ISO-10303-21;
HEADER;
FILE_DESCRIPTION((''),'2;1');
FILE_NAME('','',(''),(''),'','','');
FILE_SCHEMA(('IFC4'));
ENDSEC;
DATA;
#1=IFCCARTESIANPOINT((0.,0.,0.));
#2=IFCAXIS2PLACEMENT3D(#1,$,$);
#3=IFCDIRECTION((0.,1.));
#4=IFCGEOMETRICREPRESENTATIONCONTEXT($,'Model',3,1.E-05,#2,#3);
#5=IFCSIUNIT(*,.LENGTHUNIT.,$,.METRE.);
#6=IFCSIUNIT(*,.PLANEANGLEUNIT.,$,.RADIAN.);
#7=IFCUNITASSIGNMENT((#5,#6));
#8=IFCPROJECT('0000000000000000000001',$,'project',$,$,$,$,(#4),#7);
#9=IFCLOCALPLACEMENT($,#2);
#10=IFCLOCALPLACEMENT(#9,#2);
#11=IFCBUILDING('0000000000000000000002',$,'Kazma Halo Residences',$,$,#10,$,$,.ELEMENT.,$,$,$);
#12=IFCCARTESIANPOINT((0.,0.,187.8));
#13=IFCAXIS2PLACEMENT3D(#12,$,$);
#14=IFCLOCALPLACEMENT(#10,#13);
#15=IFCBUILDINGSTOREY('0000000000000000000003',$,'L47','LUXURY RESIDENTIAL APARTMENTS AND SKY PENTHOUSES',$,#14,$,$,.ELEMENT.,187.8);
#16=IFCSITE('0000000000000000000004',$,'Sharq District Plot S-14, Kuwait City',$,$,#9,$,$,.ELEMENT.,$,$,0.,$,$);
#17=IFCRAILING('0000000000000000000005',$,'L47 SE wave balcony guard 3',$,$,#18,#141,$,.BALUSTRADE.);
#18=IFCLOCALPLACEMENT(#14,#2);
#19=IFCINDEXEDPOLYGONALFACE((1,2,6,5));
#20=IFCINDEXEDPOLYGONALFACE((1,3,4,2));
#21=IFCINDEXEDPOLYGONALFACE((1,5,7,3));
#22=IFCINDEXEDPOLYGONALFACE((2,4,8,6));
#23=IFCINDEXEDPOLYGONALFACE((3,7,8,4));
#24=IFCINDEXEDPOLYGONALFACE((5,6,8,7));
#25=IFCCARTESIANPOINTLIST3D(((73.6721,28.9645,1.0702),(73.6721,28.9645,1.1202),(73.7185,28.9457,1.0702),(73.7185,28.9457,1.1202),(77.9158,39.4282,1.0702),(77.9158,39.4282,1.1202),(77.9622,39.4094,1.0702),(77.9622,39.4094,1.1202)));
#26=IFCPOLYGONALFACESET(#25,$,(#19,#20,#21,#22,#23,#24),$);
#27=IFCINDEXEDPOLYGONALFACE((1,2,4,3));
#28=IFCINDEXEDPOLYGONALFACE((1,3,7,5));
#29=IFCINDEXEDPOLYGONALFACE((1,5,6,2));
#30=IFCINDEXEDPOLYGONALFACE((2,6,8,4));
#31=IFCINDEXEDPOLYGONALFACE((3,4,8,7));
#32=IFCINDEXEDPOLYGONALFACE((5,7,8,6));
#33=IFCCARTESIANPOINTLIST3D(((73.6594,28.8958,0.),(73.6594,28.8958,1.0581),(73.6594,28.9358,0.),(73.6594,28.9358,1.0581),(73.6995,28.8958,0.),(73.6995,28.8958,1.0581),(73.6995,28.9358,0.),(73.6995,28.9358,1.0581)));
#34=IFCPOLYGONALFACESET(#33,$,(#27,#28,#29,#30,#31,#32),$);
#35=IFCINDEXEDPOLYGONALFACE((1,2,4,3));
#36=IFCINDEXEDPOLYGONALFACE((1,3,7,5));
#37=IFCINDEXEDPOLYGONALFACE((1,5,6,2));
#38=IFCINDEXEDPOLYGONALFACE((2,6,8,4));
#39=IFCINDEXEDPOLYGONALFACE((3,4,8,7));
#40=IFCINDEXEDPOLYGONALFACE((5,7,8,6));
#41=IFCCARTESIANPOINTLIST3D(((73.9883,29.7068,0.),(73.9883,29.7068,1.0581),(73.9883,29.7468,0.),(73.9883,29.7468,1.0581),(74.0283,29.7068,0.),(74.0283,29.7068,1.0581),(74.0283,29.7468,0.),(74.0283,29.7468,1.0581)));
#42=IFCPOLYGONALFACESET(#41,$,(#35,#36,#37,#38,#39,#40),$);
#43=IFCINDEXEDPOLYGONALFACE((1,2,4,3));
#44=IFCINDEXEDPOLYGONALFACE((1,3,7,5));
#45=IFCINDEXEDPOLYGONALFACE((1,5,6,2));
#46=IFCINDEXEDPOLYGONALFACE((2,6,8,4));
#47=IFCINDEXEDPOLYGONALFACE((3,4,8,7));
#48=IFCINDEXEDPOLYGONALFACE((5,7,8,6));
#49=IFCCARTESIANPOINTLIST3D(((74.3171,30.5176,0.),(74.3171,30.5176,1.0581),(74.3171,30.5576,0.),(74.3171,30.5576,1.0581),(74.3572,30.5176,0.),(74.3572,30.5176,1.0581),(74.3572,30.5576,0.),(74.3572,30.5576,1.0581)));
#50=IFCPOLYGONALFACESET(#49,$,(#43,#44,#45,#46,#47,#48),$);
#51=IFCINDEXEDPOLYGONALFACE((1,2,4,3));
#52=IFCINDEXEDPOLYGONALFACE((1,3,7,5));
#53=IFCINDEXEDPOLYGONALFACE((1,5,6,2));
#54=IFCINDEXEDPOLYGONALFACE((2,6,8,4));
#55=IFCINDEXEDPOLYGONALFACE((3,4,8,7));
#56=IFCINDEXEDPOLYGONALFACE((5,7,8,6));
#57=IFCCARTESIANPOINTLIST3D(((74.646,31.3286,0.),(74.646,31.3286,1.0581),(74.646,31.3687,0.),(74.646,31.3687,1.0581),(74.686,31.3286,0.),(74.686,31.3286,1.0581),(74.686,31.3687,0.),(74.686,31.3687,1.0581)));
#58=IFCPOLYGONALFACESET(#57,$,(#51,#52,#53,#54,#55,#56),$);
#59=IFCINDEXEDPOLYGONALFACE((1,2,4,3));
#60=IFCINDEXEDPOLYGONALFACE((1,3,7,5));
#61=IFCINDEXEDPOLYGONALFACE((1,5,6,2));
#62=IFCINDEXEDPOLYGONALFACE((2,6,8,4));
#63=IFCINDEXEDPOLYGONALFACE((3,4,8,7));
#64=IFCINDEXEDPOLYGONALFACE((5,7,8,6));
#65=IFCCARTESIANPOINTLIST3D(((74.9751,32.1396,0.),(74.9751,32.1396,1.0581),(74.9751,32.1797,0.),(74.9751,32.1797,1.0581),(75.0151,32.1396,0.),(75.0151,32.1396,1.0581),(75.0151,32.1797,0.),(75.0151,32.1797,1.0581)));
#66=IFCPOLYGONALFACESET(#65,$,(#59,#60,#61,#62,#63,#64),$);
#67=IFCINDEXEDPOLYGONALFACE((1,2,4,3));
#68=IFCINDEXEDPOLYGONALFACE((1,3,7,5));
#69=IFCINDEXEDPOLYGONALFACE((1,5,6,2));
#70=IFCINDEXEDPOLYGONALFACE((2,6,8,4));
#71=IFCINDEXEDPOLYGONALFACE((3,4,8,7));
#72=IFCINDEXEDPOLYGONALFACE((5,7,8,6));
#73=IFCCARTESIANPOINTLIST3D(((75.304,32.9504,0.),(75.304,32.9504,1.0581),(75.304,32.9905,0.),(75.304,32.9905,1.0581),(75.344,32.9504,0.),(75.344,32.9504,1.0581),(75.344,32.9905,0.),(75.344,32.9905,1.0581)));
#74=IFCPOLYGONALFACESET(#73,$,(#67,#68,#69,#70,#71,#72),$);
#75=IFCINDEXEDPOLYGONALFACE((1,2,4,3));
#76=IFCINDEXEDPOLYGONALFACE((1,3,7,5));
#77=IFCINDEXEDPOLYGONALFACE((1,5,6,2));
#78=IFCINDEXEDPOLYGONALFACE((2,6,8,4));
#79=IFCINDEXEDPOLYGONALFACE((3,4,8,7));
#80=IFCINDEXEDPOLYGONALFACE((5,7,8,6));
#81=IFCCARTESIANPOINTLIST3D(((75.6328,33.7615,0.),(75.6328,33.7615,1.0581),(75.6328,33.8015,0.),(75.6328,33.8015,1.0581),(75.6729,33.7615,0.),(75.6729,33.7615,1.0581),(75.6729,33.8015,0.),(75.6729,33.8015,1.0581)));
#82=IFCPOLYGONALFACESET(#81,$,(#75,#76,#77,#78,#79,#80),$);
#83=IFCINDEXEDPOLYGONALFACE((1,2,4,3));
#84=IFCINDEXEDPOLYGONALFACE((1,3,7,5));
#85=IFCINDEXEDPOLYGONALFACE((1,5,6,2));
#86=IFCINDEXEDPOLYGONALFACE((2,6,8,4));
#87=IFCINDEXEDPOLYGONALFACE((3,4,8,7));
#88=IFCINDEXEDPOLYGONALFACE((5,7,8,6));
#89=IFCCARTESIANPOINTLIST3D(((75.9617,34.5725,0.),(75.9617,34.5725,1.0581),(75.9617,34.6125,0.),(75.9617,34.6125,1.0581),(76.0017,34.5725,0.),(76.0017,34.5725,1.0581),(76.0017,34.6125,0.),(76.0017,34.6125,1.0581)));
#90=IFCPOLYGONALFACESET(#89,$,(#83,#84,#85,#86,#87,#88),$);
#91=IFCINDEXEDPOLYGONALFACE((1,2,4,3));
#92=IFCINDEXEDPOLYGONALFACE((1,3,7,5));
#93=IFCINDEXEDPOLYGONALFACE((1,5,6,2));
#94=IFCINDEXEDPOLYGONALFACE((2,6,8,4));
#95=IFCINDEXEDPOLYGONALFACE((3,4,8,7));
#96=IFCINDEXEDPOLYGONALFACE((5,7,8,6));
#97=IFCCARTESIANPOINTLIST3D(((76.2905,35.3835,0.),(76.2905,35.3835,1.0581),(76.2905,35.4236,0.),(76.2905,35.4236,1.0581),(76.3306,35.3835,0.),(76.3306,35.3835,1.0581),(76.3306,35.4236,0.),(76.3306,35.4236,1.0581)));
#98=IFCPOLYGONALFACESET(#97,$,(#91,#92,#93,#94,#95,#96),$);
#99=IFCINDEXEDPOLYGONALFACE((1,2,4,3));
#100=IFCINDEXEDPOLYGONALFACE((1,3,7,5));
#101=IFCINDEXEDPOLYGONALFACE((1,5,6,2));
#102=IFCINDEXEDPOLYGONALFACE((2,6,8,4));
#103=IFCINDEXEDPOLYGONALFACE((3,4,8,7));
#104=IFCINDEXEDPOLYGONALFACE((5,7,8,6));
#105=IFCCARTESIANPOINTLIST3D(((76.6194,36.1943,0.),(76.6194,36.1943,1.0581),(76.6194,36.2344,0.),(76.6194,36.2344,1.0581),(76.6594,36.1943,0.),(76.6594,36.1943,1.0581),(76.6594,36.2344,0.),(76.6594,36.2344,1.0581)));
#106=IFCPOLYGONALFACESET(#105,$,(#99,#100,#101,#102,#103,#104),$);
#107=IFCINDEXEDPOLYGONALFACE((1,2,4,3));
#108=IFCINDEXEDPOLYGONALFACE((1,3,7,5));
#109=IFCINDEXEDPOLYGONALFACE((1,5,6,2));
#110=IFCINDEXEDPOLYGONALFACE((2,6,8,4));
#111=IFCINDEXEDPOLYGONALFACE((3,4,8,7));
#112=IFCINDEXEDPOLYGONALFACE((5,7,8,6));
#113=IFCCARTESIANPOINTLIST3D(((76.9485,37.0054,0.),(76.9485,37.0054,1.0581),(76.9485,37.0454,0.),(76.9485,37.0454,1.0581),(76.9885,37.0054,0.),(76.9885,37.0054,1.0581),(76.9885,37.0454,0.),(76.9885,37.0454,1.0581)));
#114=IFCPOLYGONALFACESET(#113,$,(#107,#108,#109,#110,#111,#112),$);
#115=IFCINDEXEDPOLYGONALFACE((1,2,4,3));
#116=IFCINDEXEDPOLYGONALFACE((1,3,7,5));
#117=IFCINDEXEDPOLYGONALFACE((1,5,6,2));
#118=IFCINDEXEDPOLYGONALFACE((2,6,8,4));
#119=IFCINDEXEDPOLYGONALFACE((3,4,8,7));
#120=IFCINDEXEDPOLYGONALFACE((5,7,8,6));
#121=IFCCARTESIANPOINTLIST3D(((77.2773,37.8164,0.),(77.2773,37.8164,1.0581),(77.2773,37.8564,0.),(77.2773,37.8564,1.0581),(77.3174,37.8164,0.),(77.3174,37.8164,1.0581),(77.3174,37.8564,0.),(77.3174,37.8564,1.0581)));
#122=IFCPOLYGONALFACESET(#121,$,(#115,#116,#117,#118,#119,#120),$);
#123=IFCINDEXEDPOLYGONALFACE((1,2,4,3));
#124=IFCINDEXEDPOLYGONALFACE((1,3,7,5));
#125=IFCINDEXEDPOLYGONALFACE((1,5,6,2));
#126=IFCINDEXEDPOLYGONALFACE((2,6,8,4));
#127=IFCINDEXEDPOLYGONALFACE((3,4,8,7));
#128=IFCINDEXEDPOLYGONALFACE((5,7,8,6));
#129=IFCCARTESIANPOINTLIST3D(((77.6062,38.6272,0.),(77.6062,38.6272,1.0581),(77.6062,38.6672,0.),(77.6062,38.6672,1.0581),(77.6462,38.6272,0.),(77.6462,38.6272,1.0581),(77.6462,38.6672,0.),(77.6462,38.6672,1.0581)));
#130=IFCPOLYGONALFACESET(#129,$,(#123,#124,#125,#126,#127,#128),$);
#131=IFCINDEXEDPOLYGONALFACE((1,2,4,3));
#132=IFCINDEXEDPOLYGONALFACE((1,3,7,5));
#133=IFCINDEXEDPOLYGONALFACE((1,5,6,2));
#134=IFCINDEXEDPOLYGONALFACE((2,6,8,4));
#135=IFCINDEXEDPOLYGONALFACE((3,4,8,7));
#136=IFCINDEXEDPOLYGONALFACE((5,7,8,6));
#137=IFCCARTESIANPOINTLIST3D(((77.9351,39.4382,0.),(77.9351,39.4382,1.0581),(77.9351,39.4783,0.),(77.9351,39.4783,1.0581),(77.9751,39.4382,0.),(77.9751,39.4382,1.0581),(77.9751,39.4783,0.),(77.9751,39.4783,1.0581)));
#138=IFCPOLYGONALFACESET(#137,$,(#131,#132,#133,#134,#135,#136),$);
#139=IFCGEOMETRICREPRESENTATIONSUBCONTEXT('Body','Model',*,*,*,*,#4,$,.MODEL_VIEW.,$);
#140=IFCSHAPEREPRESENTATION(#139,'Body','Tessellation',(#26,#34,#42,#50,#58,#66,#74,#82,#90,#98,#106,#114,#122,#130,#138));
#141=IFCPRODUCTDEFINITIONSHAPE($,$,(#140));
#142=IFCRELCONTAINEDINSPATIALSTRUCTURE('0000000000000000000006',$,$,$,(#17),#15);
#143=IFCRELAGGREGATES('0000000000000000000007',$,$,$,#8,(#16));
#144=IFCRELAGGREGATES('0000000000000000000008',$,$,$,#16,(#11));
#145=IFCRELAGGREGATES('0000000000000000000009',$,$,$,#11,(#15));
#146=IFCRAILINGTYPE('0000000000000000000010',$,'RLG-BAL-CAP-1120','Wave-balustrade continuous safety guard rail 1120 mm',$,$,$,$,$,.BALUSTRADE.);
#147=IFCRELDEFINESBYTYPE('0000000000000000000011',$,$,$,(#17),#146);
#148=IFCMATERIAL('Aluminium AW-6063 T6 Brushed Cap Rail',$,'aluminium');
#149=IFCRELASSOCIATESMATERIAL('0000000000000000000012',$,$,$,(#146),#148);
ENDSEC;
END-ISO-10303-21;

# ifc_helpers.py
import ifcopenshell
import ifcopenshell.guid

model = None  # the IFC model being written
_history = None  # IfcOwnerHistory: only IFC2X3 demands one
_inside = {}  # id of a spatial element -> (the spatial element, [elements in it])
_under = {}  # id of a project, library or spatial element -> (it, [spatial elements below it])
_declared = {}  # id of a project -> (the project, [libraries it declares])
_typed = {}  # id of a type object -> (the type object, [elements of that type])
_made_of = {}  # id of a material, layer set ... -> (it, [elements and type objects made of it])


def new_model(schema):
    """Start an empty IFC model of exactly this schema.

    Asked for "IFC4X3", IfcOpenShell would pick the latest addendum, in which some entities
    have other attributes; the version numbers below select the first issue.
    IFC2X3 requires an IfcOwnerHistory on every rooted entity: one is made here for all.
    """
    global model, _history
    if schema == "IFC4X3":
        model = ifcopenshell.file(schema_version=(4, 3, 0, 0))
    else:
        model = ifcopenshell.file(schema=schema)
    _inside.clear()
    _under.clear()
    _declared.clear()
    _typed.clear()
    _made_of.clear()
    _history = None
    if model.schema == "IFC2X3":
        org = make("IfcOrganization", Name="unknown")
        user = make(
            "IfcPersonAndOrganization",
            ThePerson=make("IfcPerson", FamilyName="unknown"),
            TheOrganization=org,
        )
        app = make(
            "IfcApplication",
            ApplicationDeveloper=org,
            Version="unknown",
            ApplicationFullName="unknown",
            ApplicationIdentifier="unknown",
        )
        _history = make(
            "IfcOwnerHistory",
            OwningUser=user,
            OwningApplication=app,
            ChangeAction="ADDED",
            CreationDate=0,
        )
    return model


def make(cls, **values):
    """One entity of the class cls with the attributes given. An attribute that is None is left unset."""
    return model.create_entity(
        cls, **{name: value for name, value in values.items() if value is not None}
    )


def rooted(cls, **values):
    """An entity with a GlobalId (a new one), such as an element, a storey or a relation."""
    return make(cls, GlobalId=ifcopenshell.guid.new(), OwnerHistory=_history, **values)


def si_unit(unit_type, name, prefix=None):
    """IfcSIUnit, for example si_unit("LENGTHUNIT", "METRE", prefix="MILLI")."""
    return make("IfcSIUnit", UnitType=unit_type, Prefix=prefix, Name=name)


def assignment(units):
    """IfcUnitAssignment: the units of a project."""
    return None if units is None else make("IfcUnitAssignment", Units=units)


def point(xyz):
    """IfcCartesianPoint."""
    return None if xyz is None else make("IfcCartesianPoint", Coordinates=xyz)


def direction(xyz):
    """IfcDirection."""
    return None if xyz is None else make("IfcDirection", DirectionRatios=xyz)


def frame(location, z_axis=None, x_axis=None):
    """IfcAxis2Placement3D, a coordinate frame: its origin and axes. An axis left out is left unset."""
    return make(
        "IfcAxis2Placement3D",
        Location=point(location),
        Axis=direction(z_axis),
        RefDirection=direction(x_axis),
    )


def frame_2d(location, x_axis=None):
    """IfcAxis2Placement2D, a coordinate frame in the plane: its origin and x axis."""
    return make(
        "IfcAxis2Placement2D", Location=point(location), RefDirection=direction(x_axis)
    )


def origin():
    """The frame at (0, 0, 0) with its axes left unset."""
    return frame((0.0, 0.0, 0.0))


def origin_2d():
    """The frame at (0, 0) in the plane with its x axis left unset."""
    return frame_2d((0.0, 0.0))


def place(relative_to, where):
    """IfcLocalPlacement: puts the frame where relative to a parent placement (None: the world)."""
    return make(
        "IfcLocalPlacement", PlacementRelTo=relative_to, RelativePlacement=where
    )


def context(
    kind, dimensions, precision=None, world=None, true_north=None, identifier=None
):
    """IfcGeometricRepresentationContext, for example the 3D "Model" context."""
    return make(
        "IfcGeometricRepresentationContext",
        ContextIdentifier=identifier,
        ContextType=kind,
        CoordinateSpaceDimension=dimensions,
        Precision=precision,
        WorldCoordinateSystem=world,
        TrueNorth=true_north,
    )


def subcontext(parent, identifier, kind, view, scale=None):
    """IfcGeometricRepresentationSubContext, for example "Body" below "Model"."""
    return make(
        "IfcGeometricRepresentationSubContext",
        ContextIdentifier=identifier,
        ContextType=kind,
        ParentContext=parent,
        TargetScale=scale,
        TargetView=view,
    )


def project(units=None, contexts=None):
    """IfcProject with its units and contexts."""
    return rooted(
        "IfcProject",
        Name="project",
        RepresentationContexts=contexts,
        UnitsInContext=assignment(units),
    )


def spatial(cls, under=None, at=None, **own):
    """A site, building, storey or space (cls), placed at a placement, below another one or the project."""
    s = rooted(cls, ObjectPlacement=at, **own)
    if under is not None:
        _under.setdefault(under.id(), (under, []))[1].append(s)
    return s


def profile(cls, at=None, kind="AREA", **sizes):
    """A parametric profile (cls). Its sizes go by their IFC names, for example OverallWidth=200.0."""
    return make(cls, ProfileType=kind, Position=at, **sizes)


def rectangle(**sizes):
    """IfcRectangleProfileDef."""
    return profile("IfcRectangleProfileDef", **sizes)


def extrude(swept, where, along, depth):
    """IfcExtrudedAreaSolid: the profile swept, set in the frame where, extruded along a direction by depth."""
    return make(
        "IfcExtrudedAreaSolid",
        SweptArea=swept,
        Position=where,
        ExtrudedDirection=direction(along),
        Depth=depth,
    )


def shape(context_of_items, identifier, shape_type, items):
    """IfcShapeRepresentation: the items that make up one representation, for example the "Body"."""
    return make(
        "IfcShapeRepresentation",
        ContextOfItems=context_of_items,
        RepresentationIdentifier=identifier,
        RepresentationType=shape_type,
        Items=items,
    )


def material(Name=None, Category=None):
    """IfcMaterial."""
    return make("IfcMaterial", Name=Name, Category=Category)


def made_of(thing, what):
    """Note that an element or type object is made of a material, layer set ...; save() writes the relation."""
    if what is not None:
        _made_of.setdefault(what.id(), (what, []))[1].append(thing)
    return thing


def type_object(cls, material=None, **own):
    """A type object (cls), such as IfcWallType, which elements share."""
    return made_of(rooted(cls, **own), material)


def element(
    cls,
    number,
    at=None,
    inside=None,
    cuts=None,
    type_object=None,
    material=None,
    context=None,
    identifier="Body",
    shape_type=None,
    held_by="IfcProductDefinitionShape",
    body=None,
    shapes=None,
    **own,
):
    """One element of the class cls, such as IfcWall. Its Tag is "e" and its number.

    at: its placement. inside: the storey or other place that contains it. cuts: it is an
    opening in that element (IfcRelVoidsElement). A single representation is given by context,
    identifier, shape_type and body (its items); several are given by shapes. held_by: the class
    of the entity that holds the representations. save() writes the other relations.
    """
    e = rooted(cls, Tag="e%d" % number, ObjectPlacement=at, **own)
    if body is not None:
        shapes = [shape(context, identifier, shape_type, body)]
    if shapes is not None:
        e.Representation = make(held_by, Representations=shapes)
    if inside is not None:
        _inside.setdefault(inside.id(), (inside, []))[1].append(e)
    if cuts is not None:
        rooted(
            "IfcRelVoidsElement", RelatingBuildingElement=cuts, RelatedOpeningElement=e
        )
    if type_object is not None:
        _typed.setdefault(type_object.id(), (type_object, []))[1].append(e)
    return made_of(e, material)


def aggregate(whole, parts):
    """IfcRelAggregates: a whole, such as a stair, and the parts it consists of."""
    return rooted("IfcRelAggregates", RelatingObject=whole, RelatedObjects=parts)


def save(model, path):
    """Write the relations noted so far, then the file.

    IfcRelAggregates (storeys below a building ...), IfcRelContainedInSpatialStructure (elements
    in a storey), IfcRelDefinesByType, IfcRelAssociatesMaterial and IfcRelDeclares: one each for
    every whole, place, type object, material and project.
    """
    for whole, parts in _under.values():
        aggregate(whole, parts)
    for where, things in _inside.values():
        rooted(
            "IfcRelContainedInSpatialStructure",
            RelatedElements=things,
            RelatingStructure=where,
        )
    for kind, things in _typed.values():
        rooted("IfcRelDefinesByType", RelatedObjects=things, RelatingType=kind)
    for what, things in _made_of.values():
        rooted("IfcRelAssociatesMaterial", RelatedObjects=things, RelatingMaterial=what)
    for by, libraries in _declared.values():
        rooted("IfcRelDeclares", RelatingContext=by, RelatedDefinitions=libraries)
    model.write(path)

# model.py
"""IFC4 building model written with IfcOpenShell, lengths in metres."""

from ifc_helpers import new_model, si_unit, direction, frame, origin, origin_2d, place, context, subcontext, project, spatial, rectangle, extrude, material, type_object, element, save


model = new_model("IFC4")

# Units and contexts
model_context = context("Model", 3, precision=1e-05, world=origin(), true_north=direction((0.0, 1.0)))
body_context = subcontext(model_context, "Body", "Model", "MODEL_VIEW")
ifc_project = project(units=[si_unit("LENGTHUNIT", "METRE"), si_unit("PLANEANGLEUNIT", "RADIAN")], contexts=[model_context])

# Site, building, storey
site_placement = place(None, origin())
site = spatial("IfcSite", under=ifc_project, at=site_placement, Name="Sharq District Plot S-14, Kuwait City", CompositionType="ELEMENT", RefElevation=0.0)
building_placement = place(site_placement, origin())
building = spatial("IfcBuilding", under=site, at=building_placement, Name="Kazma Halo Residences", CompositionType="ELEMENT")
storey_placement = place(building_placement, frame((0.0, 0.0, 187.8)))
storey = spatial("IfcBuildingStorey", under=building, at=storey_placement, Name="L47", Description="LUXURY RESIDENTIAL APARTMENTS AND SKY PENTHOUSES", CompositionType="ELEMENT", Elevation=187.8)

# Railing
ifc_material_1 = material(Name="Aluminium AW-6063 T6 Brushed Cap Rail", Category="aluminium")
railing_type = type_object("IfcRailingType", Name="RLG-BAL-CAP-1120", Description="Wave-balustrade continuous safety guard rail 1120 mm", PredefinedType="BALUSTRADE", material=ifc_material_1)
railing_1_placement = place(storey_placement, frame((73.6794, 28.9158, 0.0)))
element("IfcRailing", 1, at=railing_1_placement, inside=storey, type_object=railing_type, Name="L47 SE wave balcony guard 3", PredefinedType="BALUSTRADE", context=body_context, shape_type="SweptSolid", body=[
    extrude(rectangle(XDim=0.05, YDim=0.05, at=origin_2d()), frame((0.0159, 0.0393, 1.0952), z_axis=(0.37583, 0.926689, 0.0), x_axis=(-0.926689, 0.37583, 0.0)), (0.0, 0.0, 1.0), 11.2915),
    extrude(rectangle(XDim=0.04, YDim=0.04, at=origin_2d()), origin(), (0.0, 0.0, 1.0), 1.0581),
    extrude(rectangle(XDim=0.04, YDim=0.04, at=origin_2d()), frame((0.3289, 0.811, 0.0)), (0.0, 0.0, 1.0), 1.0581),
    extrude(rectangle(XDim=0.04, YDim=0.04, at=origin_2d()), frame((0.6577, 1.6218, 0.0)), (0.0, 0.0, 1.0), 1.0581),
    extrude(rectangle(XDim=0.04, YDim=0.04, at=origin_2d()), frame((0.9866, 2.4329, 0.0)), (0.0, 0.0, 1.0), 1.0581),
    extrude(rectangle(XDim=0.04, YDim=0.04, at=origin_2d()), frame((1.3157, 3.2439, 0.0)), (0.0, 0.0, 1.0), 1.0581),
    extrude(rectangle(XDim=0.04, YDim=0.04, at=origin_2d()), frame((1.6445, 4.0547, 0.0)), (0.0, 0.0, 1.0), 1.0581),
    extrude(rectangle(XDim=0.04, YDim=0.04, at=origin_2d()), frame((1.9734, 4.8657, 0.0)), (0.0, 0.0, 1.0), 1.0581),
    extrude(rectangle(XDim=0.04, YDim=0.04, at=origin_2d()), frame((2.3022, 5.6768, 0.0)), (0.0, 0.0, 1.0), 1.0581),
    extrude(rectangle(XDim=0.04, YDim=0.04, at=origin_2d()), frame((2.6311, 6.4878, 0.0)), (0.0, 0.0, 1.0), 1.0581),
    extrude(rectangle(XDim=0.04, YDim=0.04, at=origin_2d()), frame((2.96, 7.2986, 0.0)), (0.0, 0.0, 1.0), 1.0581),
    extrude(rectangle(XDim=0.04, YDim=0.04, at=origin_2d()), frame((3.2891, 8.1096, 0.0)), (0.0, 0.0, 1.0), 1.0581),
    extrude(rectangle(XDim=0.04, YDim=0.04, at=origin_2d()), frame((3.6179, 8.9207, 0.0)), (0.0, 0.0, 1.0), 1.0581),
    extrude(rectangle(XDim=0.04, YDim=0.04, at=origin_2d()), frame((3.9468, 9.7314, 0.0)), (0.0, 0.0, 1.0), 1.0581),
    extrude(rectangle(XDim=0.04, YDim=0.04, at=origin_2d()), frame((4.2756, 10.5425, 0.0)), (0.0, 0.0, 1.0), 1.0581),
])

save(model, "model.ifc")
